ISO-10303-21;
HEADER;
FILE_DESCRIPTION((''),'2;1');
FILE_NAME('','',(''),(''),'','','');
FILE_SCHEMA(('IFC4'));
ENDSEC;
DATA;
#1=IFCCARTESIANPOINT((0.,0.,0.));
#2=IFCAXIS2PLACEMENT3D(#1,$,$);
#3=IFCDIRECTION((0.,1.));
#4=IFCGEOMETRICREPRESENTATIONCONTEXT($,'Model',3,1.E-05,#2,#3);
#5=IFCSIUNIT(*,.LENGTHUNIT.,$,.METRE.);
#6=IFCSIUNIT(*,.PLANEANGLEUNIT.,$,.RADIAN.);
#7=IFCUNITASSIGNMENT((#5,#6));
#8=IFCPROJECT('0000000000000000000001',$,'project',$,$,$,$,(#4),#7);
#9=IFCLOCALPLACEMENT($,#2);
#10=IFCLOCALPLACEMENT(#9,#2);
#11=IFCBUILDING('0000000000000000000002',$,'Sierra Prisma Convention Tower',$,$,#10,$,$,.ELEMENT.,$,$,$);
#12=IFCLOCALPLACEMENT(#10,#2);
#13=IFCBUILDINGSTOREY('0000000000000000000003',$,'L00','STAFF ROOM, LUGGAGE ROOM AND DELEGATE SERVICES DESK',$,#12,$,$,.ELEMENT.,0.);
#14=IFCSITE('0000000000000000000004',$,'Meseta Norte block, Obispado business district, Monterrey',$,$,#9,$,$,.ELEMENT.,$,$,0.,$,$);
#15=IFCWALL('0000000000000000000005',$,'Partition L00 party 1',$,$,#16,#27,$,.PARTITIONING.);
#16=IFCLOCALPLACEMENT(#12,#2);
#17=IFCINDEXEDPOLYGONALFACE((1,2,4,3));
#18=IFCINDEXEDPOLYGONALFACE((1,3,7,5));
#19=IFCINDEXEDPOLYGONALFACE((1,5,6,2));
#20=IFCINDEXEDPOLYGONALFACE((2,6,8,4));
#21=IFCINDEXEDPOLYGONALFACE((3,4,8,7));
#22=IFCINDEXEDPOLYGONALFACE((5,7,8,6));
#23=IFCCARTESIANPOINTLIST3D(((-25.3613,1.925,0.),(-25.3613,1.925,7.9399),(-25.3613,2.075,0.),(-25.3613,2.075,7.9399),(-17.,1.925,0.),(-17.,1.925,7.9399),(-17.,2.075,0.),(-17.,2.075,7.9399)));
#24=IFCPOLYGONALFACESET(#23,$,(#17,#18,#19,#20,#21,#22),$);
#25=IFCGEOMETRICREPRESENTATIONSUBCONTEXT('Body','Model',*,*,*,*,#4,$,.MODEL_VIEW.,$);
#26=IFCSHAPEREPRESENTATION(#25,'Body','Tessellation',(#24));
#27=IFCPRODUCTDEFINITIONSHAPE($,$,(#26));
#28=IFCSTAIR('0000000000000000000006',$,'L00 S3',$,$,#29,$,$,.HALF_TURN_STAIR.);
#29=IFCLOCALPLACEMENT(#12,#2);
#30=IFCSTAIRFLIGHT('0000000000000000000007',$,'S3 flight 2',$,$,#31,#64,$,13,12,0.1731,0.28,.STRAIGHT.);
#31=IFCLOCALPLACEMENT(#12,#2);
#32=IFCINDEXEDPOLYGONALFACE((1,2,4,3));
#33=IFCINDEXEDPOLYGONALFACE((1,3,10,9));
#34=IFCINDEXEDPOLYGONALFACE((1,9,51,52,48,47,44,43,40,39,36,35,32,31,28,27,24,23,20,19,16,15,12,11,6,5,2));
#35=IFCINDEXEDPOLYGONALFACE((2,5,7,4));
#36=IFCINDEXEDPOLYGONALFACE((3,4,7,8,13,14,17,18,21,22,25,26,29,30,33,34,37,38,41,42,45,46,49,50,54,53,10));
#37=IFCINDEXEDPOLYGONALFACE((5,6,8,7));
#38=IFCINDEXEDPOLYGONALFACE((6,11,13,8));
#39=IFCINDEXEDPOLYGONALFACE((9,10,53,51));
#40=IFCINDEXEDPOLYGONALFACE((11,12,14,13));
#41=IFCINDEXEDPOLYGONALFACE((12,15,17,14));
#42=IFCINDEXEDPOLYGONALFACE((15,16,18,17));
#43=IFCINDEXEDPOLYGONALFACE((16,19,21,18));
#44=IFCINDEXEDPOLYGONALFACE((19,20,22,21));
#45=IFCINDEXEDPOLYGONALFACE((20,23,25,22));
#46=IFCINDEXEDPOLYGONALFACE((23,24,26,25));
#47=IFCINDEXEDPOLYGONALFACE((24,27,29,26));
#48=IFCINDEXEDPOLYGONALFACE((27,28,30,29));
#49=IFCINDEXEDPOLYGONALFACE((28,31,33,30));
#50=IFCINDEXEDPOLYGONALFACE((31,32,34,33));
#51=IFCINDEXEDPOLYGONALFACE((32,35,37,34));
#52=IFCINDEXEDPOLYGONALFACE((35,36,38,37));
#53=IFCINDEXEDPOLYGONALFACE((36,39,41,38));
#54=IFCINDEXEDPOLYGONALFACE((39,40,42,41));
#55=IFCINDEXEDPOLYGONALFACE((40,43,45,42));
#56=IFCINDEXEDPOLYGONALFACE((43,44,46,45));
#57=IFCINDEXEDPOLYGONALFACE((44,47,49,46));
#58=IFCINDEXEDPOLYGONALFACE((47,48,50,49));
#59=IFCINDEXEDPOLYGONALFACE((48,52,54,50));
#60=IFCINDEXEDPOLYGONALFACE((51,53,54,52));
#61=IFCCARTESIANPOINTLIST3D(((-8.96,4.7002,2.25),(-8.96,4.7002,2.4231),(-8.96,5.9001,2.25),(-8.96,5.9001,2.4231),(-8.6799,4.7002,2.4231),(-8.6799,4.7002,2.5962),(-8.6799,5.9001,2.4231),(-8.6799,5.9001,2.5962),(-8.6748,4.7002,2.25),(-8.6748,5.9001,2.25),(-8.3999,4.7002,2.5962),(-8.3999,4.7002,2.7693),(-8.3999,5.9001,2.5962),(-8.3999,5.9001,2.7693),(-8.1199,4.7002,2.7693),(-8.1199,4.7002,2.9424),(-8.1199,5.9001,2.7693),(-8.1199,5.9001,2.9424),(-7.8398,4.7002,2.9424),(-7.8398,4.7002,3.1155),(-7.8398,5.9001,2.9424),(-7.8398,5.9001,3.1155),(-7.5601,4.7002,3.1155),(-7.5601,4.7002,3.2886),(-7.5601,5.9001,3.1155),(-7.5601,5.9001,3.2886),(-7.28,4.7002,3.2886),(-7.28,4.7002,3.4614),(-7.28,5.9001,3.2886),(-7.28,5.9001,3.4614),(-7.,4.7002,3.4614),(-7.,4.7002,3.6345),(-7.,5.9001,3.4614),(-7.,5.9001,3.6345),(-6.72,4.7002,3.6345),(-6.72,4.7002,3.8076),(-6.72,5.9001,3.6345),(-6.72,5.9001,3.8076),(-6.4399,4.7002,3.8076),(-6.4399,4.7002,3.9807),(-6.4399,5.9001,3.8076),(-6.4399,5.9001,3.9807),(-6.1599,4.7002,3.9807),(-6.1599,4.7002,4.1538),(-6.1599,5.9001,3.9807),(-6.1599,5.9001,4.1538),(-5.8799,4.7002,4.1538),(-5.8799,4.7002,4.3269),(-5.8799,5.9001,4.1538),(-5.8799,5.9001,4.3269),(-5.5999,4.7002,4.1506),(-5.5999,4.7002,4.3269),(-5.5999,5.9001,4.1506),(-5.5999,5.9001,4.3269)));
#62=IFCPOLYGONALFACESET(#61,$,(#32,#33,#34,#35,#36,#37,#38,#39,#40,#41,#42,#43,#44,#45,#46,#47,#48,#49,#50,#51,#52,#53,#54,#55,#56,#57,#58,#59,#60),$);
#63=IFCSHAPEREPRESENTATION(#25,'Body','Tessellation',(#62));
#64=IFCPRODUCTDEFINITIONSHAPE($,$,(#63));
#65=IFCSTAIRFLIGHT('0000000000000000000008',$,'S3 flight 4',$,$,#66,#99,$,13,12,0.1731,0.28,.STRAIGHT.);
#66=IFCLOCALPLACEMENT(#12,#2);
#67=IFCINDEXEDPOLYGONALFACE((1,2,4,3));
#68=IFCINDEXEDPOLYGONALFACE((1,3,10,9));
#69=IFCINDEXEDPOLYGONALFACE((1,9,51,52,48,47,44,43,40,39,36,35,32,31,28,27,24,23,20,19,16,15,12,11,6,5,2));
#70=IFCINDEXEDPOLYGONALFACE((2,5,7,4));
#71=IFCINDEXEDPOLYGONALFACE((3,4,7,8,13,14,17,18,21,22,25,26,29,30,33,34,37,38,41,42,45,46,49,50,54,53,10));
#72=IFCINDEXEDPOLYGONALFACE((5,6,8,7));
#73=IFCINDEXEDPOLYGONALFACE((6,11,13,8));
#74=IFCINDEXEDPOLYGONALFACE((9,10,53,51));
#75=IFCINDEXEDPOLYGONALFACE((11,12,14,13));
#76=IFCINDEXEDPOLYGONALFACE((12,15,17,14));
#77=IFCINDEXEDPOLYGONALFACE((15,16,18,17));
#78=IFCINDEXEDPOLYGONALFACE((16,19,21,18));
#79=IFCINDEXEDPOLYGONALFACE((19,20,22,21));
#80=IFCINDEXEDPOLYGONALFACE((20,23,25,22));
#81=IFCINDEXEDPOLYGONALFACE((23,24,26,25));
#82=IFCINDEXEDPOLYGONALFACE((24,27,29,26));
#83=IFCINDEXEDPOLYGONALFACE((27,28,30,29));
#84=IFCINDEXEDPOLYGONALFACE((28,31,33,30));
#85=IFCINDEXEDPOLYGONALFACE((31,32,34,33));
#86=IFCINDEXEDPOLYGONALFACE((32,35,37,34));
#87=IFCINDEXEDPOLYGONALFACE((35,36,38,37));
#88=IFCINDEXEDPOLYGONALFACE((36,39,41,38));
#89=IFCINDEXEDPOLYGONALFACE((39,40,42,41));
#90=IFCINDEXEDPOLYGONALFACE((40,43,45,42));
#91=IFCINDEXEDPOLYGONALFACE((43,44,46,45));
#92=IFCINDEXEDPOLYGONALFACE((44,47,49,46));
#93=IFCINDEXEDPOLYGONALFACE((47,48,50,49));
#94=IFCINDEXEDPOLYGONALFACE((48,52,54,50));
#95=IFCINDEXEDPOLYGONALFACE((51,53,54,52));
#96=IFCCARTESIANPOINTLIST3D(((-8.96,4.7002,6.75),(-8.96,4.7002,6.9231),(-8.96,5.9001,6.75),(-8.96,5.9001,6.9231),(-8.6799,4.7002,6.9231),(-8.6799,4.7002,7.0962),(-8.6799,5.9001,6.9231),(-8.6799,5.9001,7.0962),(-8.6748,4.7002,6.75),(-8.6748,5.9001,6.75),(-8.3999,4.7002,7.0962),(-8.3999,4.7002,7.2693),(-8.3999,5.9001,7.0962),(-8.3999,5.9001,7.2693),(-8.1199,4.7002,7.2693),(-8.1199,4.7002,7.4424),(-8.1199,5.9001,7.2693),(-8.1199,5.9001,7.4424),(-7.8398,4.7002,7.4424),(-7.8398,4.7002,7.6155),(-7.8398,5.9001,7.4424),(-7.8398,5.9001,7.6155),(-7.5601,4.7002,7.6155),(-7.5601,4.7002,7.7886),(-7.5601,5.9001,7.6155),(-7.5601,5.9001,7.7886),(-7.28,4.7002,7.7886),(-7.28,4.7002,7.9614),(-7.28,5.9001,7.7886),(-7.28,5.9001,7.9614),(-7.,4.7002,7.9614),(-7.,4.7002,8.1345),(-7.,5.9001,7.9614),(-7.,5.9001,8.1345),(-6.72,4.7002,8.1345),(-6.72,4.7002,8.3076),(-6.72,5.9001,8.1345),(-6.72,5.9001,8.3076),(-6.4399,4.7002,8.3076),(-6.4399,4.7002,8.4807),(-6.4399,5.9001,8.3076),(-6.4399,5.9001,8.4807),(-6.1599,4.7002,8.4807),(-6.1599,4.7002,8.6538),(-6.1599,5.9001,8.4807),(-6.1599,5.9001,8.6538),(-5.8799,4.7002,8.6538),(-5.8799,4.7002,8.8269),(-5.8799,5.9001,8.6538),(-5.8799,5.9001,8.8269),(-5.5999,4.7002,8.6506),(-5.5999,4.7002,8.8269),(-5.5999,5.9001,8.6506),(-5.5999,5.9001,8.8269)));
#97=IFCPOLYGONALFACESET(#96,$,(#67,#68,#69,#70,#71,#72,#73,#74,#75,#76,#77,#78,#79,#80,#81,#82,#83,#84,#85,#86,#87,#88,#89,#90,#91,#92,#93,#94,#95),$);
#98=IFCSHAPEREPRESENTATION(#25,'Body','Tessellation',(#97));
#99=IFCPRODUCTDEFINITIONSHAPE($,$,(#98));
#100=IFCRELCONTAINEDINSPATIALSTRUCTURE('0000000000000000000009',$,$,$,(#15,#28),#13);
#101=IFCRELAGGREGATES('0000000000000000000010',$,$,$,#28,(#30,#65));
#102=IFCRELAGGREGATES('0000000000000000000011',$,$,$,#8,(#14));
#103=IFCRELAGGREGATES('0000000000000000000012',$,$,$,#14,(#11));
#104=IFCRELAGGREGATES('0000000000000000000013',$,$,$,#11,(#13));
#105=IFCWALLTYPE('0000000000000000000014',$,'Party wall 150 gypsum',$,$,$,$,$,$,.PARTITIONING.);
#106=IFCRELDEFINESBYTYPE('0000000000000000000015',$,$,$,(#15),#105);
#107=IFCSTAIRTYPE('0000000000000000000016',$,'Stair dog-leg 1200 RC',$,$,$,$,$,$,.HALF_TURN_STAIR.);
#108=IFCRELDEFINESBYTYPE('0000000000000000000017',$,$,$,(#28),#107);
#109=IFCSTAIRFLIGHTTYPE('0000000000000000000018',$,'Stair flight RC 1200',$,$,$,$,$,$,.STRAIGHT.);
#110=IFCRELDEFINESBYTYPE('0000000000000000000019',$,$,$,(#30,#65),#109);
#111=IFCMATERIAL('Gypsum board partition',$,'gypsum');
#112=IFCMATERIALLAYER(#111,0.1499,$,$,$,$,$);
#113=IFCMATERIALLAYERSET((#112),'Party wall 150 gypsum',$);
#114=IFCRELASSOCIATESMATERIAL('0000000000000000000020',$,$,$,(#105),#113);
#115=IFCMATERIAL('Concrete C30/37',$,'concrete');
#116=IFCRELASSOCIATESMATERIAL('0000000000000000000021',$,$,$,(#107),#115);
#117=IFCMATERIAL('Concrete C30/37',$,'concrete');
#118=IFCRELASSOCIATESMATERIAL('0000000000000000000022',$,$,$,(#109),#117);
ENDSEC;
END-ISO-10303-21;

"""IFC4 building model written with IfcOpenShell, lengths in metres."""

from ifc_helpers import new_model, si_unit, direction, frame, frame_2d, origin, place, context, subcontext, project, spatial, polyline, rectangle, outline, extrude, material, layer, layer_set, type_object, element, aggregate, save


model = new_model("IFC4")

# Units and contexts
model_context = context("Model", 3, precision=1e-05, world=origin(), true_north=direction((0.0, 1.0)))
body_context = subcontext(model_context, "Body", "Model", "MODEL_VIEW")
ifc_project = project(units=[si_unit("LENGTHUNIT", "METRE"), si_unit("PLANEANGLEUNIT", "RADIAN")], contexts=[model_context])

# Site, building, storey
site_placement = place(None, origin())
site = spatial("IfcSite", under=ifc_project, at=site_placement, Name="Meseta Norte block, Obispado business district, Monterrey", CompositionType="ELEMENT", RefElevation=0.0)
building_placement = place(site_placement, origin())
building = spatial("IfcBuilding", under=site, at=building_placement, Name="Sierra Prisma Convention Tower", CompositionType="ELEMENT")
storey_placement = place(building_placement, origin())
storey = spatial("IfcBuildingStorey", under=building, at=storey_placement, Name="L00", Description="STAFF ROOM, LUGGAGE ROOM AND DELEGATE SERVICES DESK", CompositionType="ELEMENT", Elevation=0.0)

# Wall
ifc_material_1 = material(Name="Gypsum board partition", Category="gypsum")
ifc_layer_1 = layer(ifc_material_1, 0.1499)
ifc_layer_set_1 = layer_set([ifc_layer_1], Name="Party wall 150 gypsum")
wall_type_1 = type_object("IfcWallType", Name="Party wall 150 gypsum", PredefinedType="PARTITIONING", material=ifc_layer_set_1)
wall_1_placement = place(storey_placement, frame((-17.0, 2.0, 0.0), z_axis=(0.0, 0.0, 1.0), x_axis=(-1.0, 0.0, 0.0)))
element("IfcWall", 1, at=wall_1_placement, inside=storey, type_object=wall_type_1, Name="Partition L00 party 1", PredefinedType="PARTITIONING", context=body_context, shape_type="SweptSolid", body=[
    extrude(rectangle(XDim=8.3613, YDim=0.1499, at=frame_2d((4.1807, 0.0))), origin(), (0.0, 0.0, 1.0), 7.9399),
])

# Stair, stair flights
ifc_material_2 = material(Name="Concrete C30/37", Category="concrete")
stair_type = type_object("IfcStairType", Name="Stair dog-leg 1200 RC", PredefinedType="HALF_TURN_STAIR", material=ifc_material_2)
stair_placement = place(storey_placement, origin())
stair = element("IfcStair", 2, at=stair_placement, inside=storey, type_object=stair_type, Name="L00 S3", PredefinedType="HALF_TURN_STAIR")
ifc_material_3 = material(Name="Concrete C30/37", Category="concrete")
stair_flight_type = type_object("IfcStairFlightType", Name="Stair flight RC 1200", PredefinedType="STRAIGHT", material=ifc_material_3)
stair_flight_1_placement = place(storey_placement, frame((-8.96, 5.3, 2.25), z_axis=(0.0, 0.0, 1.0), x_axis=(1.0, 0.0, 0.0)))
stair_flight_1 = element("IfcStairFlight", 3, at=stair_flight_1_placement, type_object=stair_flight_type, Name="S3 flight 2", NumberOfRisers=13, NumberOfTreads=12, PredefinedType="STRAIGHT", RiserHeight=0.1731, TreadLength=0.28, context=body_context, shape_type="SweptSolid", body=[
    extrude(outline(polyline([(0.0, 0.0), (0.0, 0.1731), (0.28, 0.1731), (0.28, 0.3462), (0.5601, 0.3462), (0.5601, 0.5193), (0.8401, 0.5193), (0.8401, 0.6924), (1.1201, 0.6924), (1.1201, 0.8655), (1.3999, 0.8655), (1.3999, 1.0386), (1.6799, 1.0386), (1.6799, 1.2114), (1.96, 1.2114), (1.96, 1.3845), (2.24, 1.3845), (2.24, 1.5576), (2.52, 1.5576), (2.52, 1.7307), (2.8, 1.7307), (2.8, 1.9038), (3.0801, 1.9038), (3.0801, 2.0769), (3.3601, 2.0769), (3.3601, 2.25), (3.3601, 1.9006), (0.2852, 0.0), (0.0, 0.0)])), frame((0.0, 0.6001, 0.0), z_axis=(0.0, -1.0, 0.0), x_axis=(1.0, 0.0, 0.0)), (0.0, 0.0, 1.0), 1.2),
])
stair_flight_2_placement = place(storey_placement, frame((-8.96, 5.3, 6.75), z_axis=(0.0, 0.0, 1.0), x_axis=(1.0, 0.0, 0.0)))
stair_flight_2 = element("IfcStairFlight", 4, at=stair_flight_2_placement, type_object=stair_flight_type, Name="S3 flight 4", NumberOfRisers=13, NumberOfTreads=12, PredefinedType="STRAIGHT", RiserHeight=0.1731, TreadLength=0.28, context=body_context, shape_type="SweptSolid", body=[
    extrude(outline(polyline([(0.0, 0.0), (0.0, 0.1731), (0.28, 0.1731), (0.28, 0.3462), (0.5601, 0.3462), (0.5601, 0.5193), (0.8401, 0.5193), (0.8401, 0.6924), (1.1201, 0.6924), (1.1201, 0.8655), (1.3999, 0.8655), (1.3999, 1.0386), (1.6799, 1.0386), (1.6799, 1.2114), (1.96, 1.2114), (1.96, 1.3845), (2.24, 1.3845), (2.24, 1.5576), (2.52, 1.5576), (2.52, 1.7307), (2.8, 1.7307), (2.8, 1.9038), (3.0801, 1.9038), (3.0801, 2.0769), (3.3601, 2.0769), (3.3601, 2.25), (3.3601, 1.9006), (0.2852, 0.0), (0.0, 0.0)])), frame((0.0, 0.6001, 0.0), z_axis=(0.0, -1.0, 0.0), x_axis=(1.0, 0.0, 0.0)), (0.0, 0.0, 1.0), 1.2),
])
aggregate(stair, [stair_flight_1, stair_flight_2])

save(model, "model.ifc")
